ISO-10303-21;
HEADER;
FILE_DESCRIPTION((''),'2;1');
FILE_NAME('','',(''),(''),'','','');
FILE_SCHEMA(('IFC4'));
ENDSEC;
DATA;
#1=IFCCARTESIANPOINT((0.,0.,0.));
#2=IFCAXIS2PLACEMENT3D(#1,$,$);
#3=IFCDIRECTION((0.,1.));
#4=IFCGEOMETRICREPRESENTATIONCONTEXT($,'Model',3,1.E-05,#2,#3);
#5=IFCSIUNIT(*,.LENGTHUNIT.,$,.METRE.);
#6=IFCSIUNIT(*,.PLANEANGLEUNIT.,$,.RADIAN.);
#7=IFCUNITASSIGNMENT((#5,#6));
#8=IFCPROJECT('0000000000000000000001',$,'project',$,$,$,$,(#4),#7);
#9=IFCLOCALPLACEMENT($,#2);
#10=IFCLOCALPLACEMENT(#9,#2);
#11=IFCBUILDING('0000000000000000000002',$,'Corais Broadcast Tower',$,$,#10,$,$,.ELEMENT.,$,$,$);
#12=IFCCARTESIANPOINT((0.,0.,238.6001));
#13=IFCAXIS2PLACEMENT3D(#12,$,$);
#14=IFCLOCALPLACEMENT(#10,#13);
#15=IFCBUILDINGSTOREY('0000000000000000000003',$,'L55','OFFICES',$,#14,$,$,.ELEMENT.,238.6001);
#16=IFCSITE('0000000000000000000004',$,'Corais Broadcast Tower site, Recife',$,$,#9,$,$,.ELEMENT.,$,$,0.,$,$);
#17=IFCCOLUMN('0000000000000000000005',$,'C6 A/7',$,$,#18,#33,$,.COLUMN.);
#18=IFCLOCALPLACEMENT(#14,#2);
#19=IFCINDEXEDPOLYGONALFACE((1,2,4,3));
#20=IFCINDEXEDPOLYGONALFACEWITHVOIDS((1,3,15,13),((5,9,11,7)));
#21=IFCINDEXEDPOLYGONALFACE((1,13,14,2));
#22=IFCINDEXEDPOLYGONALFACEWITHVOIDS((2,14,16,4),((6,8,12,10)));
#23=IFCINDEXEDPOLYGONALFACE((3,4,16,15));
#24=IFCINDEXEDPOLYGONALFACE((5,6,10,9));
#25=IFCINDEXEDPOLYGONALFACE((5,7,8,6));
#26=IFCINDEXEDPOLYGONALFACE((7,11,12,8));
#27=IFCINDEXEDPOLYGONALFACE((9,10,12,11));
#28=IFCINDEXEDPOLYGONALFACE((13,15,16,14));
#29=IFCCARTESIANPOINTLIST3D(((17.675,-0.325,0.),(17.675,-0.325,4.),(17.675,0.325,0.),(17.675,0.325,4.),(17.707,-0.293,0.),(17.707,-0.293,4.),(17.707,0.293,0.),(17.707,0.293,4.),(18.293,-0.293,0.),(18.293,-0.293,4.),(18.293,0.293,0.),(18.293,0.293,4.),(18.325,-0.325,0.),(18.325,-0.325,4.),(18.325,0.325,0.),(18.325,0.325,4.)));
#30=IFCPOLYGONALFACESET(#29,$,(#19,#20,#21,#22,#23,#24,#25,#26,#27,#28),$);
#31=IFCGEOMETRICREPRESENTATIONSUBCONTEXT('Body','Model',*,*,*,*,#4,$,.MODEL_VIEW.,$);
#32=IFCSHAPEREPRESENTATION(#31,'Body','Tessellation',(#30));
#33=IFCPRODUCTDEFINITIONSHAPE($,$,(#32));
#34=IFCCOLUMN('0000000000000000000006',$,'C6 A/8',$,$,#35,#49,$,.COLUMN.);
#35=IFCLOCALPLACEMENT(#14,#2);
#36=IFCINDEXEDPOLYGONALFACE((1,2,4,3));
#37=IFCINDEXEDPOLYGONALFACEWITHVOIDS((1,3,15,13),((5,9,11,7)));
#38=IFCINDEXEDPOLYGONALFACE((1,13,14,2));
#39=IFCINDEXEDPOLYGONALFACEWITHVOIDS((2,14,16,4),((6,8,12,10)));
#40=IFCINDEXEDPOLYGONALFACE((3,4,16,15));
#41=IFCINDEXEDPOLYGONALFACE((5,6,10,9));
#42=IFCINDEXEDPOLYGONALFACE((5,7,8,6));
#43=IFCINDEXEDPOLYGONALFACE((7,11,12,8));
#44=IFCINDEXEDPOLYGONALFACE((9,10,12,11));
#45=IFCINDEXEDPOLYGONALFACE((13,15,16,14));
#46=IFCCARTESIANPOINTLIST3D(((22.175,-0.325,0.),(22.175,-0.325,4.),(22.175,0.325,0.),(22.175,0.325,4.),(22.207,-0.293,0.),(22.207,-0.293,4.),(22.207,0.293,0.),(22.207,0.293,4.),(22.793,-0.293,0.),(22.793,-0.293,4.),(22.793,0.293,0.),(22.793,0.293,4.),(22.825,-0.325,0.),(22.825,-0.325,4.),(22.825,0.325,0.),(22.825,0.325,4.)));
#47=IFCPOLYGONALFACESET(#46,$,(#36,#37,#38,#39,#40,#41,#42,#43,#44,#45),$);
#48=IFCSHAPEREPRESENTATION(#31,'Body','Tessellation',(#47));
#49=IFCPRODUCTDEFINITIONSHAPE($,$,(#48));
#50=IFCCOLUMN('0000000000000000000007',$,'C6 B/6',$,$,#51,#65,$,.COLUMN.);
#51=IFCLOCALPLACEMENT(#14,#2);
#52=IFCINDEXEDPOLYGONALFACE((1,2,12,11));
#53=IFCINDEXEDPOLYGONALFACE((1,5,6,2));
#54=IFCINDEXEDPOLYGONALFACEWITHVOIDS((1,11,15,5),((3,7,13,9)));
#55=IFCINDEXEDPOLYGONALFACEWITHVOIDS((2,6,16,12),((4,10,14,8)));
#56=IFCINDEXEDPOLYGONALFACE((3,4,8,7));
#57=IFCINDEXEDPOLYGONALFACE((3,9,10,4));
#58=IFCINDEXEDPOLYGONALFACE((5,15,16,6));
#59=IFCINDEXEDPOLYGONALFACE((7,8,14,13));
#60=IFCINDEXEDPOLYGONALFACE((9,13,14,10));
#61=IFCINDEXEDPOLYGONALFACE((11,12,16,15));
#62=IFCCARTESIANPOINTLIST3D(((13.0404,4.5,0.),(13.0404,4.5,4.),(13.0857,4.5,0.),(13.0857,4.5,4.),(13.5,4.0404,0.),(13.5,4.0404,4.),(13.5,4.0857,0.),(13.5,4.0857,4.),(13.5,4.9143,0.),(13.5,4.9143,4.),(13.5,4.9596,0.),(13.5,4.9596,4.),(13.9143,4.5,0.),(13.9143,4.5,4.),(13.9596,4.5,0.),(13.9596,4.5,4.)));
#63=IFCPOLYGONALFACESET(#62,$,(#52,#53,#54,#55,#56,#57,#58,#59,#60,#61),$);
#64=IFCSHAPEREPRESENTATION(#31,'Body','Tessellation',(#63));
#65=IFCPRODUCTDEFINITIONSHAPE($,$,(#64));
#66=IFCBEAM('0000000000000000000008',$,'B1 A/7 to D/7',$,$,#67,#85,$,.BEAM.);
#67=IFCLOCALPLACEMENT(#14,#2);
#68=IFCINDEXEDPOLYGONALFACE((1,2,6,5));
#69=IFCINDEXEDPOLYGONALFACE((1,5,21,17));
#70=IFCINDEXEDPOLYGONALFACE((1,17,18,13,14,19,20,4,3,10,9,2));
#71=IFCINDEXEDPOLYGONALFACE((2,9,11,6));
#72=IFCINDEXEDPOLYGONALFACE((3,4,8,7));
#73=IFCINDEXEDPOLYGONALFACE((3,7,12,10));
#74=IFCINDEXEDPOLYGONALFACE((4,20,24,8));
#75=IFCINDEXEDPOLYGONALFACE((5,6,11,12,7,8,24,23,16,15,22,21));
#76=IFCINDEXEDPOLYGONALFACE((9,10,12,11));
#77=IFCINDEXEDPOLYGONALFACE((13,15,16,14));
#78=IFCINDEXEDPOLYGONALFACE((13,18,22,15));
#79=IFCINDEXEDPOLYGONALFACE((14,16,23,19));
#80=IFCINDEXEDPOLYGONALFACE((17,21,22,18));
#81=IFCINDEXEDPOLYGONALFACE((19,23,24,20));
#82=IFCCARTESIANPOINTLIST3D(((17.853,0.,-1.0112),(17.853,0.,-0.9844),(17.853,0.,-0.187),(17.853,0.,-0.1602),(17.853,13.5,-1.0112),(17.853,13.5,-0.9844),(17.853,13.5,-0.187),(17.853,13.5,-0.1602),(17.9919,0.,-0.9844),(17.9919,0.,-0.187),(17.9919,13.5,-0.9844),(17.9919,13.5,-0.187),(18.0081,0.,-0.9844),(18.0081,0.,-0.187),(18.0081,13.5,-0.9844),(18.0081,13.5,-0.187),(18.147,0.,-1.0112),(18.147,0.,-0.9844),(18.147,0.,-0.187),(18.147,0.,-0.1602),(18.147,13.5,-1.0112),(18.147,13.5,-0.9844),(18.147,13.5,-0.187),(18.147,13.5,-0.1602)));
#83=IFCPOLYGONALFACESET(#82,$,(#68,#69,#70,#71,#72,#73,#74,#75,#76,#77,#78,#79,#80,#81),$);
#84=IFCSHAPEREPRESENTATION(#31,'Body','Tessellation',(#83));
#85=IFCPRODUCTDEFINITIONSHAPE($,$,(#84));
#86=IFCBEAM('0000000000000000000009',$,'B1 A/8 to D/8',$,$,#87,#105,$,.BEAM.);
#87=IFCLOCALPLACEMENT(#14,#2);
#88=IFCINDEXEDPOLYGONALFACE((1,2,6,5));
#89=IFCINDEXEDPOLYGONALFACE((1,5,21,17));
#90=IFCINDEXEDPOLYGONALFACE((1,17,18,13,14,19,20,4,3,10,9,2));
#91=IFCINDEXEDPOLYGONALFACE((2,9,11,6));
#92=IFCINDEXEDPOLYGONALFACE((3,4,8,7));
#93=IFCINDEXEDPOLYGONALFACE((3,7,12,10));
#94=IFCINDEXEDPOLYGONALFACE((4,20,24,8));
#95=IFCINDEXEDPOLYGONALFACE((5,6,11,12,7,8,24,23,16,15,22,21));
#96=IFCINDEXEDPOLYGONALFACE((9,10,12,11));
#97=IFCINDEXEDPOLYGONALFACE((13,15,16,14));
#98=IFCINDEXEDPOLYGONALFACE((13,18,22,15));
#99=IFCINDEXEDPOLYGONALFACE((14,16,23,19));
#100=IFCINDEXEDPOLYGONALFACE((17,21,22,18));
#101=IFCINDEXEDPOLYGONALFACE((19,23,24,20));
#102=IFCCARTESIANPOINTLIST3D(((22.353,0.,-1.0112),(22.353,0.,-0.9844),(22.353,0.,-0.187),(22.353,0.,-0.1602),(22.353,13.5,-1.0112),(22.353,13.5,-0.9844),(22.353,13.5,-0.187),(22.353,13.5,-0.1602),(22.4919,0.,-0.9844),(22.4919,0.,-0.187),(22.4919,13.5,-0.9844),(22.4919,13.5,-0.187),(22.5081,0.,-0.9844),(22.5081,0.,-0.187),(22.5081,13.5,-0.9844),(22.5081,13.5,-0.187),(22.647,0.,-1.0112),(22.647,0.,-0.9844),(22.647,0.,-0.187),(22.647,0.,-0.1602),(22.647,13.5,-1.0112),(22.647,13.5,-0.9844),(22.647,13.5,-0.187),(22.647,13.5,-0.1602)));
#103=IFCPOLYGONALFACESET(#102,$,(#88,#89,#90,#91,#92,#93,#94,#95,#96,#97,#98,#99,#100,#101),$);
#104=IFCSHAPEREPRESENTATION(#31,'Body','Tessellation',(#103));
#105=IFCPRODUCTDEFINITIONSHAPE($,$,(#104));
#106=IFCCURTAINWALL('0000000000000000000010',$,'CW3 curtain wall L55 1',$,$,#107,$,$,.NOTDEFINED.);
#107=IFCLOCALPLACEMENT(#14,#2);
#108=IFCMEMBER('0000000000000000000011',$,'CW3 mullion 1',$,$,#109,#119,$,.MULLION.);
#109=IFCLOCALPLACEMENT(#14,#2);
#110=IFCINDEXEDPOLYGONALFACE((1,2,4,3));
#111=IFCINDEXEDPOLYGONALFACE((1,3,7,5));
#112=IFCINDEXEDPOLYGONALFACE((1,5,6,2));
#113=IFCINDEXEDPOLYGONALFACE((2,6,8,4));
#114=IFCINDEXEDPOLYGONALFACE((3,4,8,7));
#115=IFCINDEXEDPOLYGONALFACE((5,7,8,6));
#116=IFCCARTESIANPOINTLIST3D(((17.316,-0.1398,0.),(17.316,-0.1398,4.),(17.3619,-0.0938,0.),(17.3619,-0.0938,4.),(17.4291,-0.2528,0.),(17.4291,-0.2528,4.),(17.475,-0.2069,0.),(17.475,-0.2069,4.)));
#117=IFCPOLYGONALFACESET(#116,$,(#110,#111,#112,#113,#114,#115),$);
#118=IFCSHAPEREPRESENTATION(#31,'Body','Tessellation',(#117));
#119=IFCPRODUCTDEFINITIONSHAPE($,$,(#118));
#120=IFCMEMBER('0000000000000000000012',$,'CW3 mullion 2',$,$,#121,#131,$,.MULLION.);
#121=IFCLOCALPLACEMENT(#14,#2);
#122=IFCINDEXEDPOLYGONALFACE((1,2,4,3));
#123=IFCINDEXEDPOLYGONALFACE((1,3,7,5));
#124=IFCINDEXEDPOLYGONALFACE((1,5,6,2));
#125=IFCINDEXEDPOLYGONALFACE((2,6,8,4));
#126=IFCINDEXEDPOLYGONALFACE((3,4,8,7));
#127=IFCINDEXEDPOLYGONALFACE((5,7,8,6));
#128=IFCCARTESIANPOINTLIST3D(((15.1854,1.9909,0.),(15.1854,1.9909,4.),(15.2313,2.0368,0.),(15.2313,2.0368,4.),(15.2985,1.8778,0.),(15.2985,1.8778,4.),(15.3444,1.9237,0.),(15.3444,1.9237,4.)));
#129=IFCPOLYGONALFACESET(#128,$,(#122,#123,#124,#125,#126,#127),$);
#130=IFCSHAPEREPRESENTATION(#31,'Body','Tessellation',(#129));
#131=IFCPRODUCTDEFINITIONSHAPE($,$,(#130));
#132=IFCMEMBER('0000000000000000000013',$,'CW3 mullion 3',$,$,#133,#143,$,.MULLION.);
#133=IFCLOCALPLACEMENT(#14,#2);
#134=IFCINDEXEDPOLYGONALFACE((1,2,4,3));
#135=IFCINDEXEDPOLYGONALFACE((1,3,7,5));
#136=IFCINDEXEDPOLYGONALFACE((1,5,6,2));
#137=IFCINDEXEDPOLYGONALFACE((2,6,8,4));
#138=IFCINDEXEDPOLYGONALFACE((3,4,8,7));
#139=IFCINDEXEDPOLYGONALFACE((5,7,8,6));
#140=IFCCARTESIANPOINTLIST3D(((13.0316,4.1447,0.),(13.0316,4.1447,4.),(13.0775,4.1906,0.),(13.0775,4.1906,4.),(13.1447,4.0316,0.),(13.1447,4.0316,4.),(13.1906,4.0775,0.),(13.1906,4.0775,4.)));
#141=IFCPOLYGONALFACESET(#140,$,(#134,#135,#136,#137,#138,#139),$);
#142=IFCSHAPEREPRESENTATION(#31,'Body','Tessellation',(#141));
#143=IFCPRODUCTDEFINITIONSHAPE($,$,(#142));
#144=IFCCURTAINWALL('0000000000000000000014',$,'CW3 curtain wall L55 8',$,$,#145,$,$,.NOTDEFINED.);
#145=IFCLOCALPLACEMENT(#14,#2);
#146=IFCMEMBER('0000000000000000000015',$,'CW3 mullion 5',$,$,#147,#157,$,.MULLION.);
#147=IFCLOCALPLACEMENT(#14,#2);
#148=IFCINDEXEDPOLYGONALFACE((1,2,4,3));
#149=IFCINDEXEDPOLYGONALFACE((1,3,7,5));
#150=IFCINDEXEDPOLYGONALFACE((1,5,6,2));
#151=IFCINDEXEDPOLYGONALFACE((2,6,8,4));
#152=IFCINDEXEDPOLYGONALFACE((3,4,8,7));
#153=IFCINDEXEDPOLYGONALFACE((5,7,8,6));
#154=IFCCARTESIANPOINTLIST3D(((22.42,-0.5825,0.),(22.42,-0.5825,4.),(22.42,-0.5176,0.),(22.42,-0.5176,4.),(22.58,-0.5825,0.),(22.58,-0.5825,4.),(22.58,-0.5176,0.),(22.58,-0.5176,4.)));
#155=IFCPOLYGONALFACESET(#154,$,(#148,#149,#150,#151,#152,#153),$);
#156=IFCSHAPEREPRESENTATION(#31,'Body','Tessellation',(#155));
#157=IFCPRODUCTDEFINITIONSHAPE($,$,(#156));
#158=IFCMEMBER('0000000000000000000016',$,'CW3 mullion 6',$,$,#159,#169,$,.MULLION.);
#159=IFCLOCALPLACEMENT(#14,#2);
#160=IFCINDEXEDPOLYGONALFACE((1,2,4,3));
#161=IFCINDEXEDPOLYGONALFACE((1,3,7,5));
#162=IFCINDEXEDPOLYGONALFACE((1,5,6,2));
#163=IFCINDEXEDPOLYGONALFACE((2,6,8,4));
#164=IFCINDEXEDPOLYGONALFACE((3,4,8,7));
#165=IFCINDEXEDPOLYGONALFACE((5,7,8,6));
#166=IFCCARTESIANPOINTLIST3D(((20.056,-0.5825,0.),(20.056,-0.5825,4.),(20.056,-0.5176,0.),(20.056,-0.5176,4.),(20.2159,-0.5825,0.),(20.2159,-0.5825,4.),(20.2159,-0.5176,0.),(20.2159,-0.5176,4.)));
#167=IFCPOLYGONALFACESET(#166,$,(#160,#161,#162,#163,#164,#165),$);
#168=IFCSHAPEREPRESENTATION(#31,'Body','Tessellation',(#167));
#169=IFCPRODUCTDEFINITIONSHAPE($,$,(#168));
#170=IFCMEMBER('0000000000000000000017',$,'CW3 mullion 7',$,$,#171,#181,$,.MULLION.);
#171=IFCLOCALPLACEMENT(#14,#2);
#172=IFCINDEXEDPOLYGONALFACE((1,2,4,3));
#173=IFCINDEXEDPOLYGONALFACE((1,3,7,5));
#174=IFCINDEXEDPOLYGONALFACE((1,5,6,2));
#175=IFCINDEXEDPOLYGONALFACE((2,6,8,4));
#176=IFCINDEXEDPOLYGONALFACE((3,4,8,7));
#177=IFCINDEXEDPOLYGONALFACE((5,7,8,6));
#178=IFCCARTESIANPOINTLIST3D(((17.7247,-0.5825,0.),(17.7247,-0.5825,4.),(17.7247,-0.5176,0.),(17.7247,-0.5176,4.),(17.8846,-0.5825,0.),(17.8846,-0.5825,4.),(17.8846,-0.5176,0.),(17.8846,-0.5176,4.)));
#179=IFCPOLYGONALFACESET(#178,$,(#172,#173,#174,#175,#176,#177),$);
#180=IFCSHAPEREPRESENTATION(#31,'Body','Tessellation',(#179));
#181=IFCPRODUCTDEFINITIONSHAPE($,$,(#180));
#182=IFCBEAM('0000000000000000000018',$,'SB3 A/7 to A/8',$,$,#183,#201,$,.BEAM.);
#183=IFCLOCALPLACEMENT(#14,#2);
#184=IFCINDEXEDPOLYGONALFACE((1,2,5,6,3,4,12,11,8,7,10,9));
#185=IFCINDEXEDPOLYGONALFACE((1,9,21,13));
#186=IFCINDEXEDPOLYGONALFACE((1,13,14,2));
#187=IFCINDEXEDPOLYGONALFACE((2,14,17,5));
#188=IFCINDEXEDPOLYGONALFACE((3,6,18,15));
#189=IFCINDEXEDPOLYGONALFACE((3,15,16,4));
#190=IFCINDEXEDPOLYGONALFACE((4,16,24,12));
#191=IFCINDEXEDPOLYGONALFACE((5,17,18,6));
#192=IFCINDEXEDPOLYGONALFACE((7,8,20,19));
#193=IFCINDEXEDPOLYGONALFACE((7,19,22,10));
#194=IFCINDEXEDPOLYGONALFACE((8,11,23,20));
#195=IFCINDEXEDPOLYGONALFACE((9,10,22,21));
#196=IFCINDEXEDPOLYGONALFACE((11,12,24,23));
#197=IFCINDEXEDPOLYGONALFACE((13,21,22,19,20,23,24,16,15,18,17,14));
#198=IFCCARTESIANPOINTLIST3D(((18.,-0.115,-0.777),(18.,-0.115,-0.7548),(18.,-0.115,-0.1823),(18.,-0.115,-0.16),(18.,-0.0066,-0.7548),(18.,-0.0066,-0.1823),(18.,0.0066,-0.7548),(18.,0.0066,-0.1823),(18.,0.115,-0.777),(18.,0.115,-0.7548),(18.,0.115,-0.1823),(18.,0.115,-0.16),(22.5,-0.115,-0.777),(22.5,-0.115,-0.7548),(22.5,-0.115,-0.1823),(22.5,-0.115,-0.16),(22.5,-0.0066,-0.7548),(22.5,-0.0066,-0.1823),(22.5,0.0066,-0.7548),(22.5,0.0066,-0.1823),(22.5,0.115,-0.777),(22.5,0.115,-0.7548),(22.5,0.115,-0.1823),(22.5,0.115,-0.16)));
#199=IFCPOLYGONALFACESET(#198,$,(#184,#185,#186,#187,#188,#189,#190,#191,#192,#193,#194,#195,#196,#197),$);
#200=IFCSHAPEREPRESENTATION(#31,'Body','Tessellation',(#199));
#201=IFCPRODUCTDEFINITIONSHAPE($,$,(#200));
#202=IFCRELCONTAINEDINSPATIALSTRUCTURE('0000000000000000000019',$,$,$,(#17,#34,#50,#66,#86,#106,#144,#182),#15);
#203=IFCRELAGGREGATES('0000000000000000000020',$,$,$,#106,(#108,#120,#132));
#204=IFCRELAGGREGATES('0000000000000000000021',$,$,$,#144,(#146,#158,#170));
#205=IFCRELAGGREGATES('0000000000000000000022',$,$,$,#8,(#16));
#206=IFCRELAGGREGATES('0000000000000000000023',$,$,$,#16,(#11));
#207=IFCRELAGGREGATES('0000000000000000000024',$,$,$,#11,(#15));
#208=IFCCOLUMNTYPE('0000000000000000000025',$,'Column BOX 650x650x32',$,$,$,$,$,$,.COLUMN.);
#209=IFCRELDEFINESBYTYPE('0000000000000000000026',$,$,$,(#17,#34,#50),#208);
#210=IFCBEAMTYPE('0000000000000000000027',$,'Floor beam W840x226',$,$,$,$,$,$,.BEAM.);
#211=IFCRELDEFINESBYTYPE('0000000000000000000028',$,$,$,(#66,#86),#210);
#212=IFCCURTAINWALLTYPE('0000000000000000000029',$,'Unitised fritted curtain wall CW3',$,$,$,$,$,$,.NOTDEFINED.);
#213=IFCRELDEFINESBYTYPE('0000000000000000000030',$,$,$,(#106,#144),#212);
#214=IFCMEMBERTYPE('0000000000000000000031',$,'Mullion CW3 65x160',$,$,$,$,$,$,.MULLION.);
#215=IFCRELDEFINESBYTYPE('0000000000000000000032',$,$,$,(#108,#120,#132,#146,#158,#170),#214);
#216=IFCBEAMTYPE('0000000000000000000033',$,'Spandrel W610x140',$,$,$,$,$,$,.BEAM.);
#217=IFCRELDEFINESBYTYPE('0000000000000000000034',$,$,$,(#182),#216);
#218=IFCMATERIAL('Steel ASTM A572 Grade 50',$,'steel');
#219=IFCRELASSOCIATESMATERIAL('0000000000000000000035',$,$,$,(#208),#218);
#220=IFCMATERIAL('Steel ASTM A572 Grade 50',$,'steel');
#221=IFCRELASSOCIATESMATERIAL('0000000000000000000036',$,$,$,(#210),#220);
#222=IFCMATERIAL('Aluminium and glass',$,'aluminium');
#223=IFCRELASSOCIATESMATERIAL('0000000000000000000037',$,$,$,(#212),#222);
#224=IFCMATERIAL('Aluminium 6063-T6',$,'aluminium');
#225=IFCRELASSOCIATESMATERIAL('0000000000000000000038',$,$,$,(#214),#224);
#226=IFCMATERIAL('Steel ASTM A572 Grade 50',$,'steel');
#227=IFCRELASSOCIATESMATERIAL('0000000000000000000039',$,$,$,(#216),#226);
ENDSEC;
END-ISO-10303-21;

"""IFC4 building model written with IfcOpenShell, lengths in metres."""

from ifc_helpers import new_model, si_unit, direction, frame, origin, origin_2d, place, context, subcontext, project, spatial, rectangle, hollow_rectangle, i_section, extrude, material, material_profile, profile_set, type_object, element, aggregate, save


model = new_model("IFC4")

# Units and contexts
model_context = context("Model", 3, precision=1e-05, world=origin(), true_north=direction((0.0, 1.0)))
body_context = subcontext(model_context, "Body", "Model", "MODEL_VIEW")
ifc_project = project(units=[si_unit("LENGTHUNIT", "METRE"), si_unit("PLANEANGLEUNIT", "RADIAN")], contexts=[model_context])

# Site, building, storey
site_placement = place(None, origin())
site = spatial("IfcSite", under=ifc_project, at=site_placement, Name="Corais Broadcast Tower site, Recife", CompositionType="ELEMENT", RefElevation=0.0)
building_placement = place(site_placement, origin())
building = spatial("IfcBuilding", under=site, at=building_placement, Name="Corais Broadcast Tower", CompositionType="ELEMENT")
storey_placement = place(building_placement, frame((0.0, 0.0, 238.6001)))
storey = spatial("IfcBuildingStorey", under=building, at=storey_placement, Name="L55", Description="OFFICES", CompositionType="ELEMENT", Elevation=238.6001)

# Columns
ifc_material_1 = material(Name="Steel ASTM A572 Grade 50", Category="steel")
ifc_material_profile_1 = material_profile(ifc_material_1, hollow_rectangle(XDim=0.6499, YDim=0.6499, WallThickness=0.032, at=origin_2d()), Name="BOX 650x650x32")
ifc_profile_set_1 = profile_set([ifc_material_profile_1], Name="Steel ASTM A572 Grade 50")
column_type = type_object("IfcColumnType", Name="Column BOX 650x650x32", PredefinedType="COLUMN", material=ifc_profile_set_1)
for number, where, z_axis, x_axis, name in (
    (1, (18.0, 0.0, 0.0), (0.0, 0.0, 1.0), (1.0, 0.0, 0.0), "C6 A/7"),
    (2, (22.5, 0.0, 0.0), (0.0, 0.0, 1.0), (1.0, 0.0, 0.0), "C6 A/8"),
    (3, (13.5, 4.5, 0.0), (0.0, 0.0, 1.0), (0.707107, 0.707107, 0.0), "C6 B/6"),
):
    element("IfcColumn", number, at=place(storey_placement, frame(where, z_axis=z_axis, x_axis=x_axis)), inside=storey, type_object=column_type, Name=name, PredefinedType="COLUMN", context=body_context, shape_type="SweptSolid", body=[
        extrude(hollow_rectangle(XDim=0.6499, YDim=0.6499, WallThickness=0.032, at=origin_2d()), origin(), (0.0, 0.0, 1.0), 4.0),
    ])

# Beams
ifc_material_2 = material(Name="Steel ASTM A572 Grade 50", Category="steel")
ifc_material_profile_2 = material_profile(ifc_material_2, i_section(OverallWidth=0.2939, OverallDepth=0.8511, WebThickness=0.0161, FlangeThickness=0.0269, at=origin_2d()), Name="W840x226")
ifc_profile_set_2 = profile_set([ifc_material_profile_2], Name="Steel ASTM A572 Grade 50")
beam_type_1 = type_object("IfcBeamType", Name="Floor beam W840x226", PredefinedType="BEAM", material=ifc_profile_set_2)
for number, where, z_axis, x_axis, name in (
    (4, (18.0, 0.0, -0.5857), (0.0, 1.0, 0.0), (-1.0, 0.0, 0.0), "B1 A/7 to D/7"),
    (5, (22.5, 0.0, -0.5857), (0.0, 1.0, 0.0), (-1.0, 0.0, 0.0), "B1 A/8 to D/8"),
):
    element("IfcBeam", number, at=place(storey_placement, frame(where, z_axis=z_axis, x_axis=x_axis)), inside=storey, type_object=beam_type_1, Name=name, PredefinedType="BEAM", context=body_context, shape_type="SweptSolid", body=[
        extrude(i_section(OverallWidth=0.2939, OverallDepth=0.8511, WebThickness=0.0161, FlangeThickness=0.0269, at=origin_2d()), origin(), (0.0, 0.0, 1.0), 13.5),
    ])

# Curtain walls, members
ifc_material_3 = material(Name="Aluminium and glass", Category="aluminium")
curtain_wall_type = type_object("IfcCurtainWallType", Name="Unitised fritted curtain wall CW3", PredefinedType="NOTDEFINED", material=ifc_material_3)
curtain_wall_1_placement = place(storey_placement, origin())
curtain_wall_1 = element("IfcCurtainWall", 6, at=curtain_wall_1_placement, inside=storey, type_object=curtain_wall_type, Name="CW3 curtain wall L55 1", PredefinedType="NOTDEFINED")
ifc_material_4 = material(Name="Aluminium 6063-T6", Category="aluminium")
ifc_material_profile_3 = material_profile(ifc_material_4, rectangle(XDim=0.0649, YDim=0.1599, at=origin_2d()), Name="Mullion CW3 65x160")
ifc_profile_set_3 = profile_set([ifc_material_profile_3], Name="Aluminium 6063-T6")
member_type_1 = type_object("IfcMemberType", Name="Mullion CW3 65x160", PredefinedType="MULLION", material=ifc_profile_set_3)
member_1_placement = place(storey_placement, frame((17.3955, -0.1733, 0.0), z_axis=(0.0, 0.0, 1.0), x_axis=(-0.707107, -0.707107, 0.0)))
member_1 = element("IfcMember", 7, at=member_1_placement, type_object=member_type_1, Name="CW3 mullion 1", PredefinedType="MULLION", context=body_context, shape_type="SweptSolid", body=[
    extrude(rectangle(XDim=0.0649, YDim=0.1599, at=origin_2d()), origin(), (0.0, 0.0, 1.0), 4.0),
])
member_2_placement = place(storey_placement, frame((15.2649, 1.9573, 0.0), z_axis=(0.0, 0.0, 1.0), x_axis=(-0.707107, -0.707107, 0.0)))
member_2 = element("IfcMember", 8, at=member_2_placement, type_object=member_type_1, Name="CW3 mullion 2", PredefinedType="MULLION", context=body_context, shape_type="SweptSolid", body=[
    extrude(rectangle(XDim=0.0649, YDim=0.1599, at=origin_2d()), origin(), (0.0, 0.0, 1.0), 4.0),
])
member_3_placement = place(storey_placement, frame((13.1111, 4.1111, 0.0), z_axis=(0.0, 0.0, 1.0), x_axis=(-0.707107, -0.707107, 0.0)))
member_3 = element("IfcMember", 9, at=member_3_placement, type_object=member_type_1, Name="CW3 mullion 3", PredefinedType="MULLION", context=body_context, shape_type="SweptSolid", body=[
    extrude(rectangle(XDim=0.0649, YDim=0.1599, at=origin_2d()), origin(), (0.0, 0.0, 1.0), 4.0),
])
curtain_wall_2_placement = place(storey_placement, origin())
curtain_wall_2 = element("IfcCurtainWall", 10, at=curtain_wall_2_placement, inside=storey, type_object=curtain_wall_type, Name="CW3 curtain wall L55 8", PredefinedType="NOTDEFINED")
member_4_placement = place(storey_placement, frame((22.5, -0.55, 0.0), z_axis=(0.0, 0.0, 1.0), x_axis=(0.0, -1.0, 0.0)))
member_4 = element("IfcMember", 11, at=member_4_placement, type_object=member_type_1, Name="CW3 mullion 5", PredefinedType="MULLION", context=body_context, shape_type="SweptSolid", body=[
    extrude(rectangle(XDim=0.0649, YDim=0.1599, at=origin_2d()), origin(), (0.0, 0.0, 1.0), 4.0),
])
member_5_placement = place(storey_placement, frame((20.136, -0.55, 0.0), z_axis=(0.0, 0.0, 1.0), x_axis=(0.0, -1.0, 0.0)))
member_5 = element("IfcMember", 12, at=member_5_placement, type_object=member_type_1, Name="CW3 mullion 6", PredefinedType="MULLION", context=body_context, shape_type="SweptSolid", body=[
    extrude(rectangle(XDim=0.0649, YDim=0.1599, at=origin_2d()), origin(), (0.0, 0.0, 1.0), 4.0),
])
member_6_placement = place(storey_placement, frame((17.8047, -0.55, 0.0), z_axis=(0.0, 0.0, 1.0), x_axis=(0.0, -1.0, 0.0)))
member_6 = element("IfcMember", 13, at=member_6_placement, type_object=member_type_1, Name="CW3 mullion 7", PredefinedType="MULLION", context=body_context, shape_type="SweptSolid", body=[
    extrude(rectangle(XDim=0.0649, YDim=0.1599, at=origin_2d()), origin(), (0.0, 0.0, 1.0), 4.0),
])

# Beam
ifc_material_5 = material(Name="Steel ASTM A572 Grade 50", Category="steel")
ifc_material_profile_4 = material_profile(ifc_material_5, i_section(OverallWidth=0.23, OverallDepth=0.6169, WebThickness=0.0132, FlangeThickness=0.0222, at=origin_2d()), Name="W610x140")
ifc_profile_set_4 = profile_set([ifc_material_profile_4], Name="Steel ASTM A572 Grade 50")
beam_type_2 = type_object("IfcBeamType", Name="Spandrel W610x140", PredefinedType="BEAM", material=ifc_profile_set_4)
for number, where, z_axis, x_axis, name in (
    (14, (18.0, 0.0, -0.4685), (1.0, 0.0, 0.0), (0.0, 1.0, 0.0), "SB3 A/7 to A/8"),
):
    element("IfcBeam", number, at=place(storey_placement, frame(where, z_axis=z_axis, x_axis=x_axis)), inside=storey, type_object=beam_type_2, Name=name, PredefinedType="BEAM", context=body_context, shape_type="SweptSolid", body=[
        extrude(i_section(OverallWidth=0.23, OverallDepth=0.6169, WebThickness=0.0132, FlangeThickness=0.0222, at=origin_2d()), origin(), (0.0, 0.0, 1.0), 4.5),
    ])

aggregate(curtain_wall_1, [member_1, member_2, member_3])
aggregate(curtain_wall_2, [member_4, member_5, member_6])

save(model, "model.ifc")
